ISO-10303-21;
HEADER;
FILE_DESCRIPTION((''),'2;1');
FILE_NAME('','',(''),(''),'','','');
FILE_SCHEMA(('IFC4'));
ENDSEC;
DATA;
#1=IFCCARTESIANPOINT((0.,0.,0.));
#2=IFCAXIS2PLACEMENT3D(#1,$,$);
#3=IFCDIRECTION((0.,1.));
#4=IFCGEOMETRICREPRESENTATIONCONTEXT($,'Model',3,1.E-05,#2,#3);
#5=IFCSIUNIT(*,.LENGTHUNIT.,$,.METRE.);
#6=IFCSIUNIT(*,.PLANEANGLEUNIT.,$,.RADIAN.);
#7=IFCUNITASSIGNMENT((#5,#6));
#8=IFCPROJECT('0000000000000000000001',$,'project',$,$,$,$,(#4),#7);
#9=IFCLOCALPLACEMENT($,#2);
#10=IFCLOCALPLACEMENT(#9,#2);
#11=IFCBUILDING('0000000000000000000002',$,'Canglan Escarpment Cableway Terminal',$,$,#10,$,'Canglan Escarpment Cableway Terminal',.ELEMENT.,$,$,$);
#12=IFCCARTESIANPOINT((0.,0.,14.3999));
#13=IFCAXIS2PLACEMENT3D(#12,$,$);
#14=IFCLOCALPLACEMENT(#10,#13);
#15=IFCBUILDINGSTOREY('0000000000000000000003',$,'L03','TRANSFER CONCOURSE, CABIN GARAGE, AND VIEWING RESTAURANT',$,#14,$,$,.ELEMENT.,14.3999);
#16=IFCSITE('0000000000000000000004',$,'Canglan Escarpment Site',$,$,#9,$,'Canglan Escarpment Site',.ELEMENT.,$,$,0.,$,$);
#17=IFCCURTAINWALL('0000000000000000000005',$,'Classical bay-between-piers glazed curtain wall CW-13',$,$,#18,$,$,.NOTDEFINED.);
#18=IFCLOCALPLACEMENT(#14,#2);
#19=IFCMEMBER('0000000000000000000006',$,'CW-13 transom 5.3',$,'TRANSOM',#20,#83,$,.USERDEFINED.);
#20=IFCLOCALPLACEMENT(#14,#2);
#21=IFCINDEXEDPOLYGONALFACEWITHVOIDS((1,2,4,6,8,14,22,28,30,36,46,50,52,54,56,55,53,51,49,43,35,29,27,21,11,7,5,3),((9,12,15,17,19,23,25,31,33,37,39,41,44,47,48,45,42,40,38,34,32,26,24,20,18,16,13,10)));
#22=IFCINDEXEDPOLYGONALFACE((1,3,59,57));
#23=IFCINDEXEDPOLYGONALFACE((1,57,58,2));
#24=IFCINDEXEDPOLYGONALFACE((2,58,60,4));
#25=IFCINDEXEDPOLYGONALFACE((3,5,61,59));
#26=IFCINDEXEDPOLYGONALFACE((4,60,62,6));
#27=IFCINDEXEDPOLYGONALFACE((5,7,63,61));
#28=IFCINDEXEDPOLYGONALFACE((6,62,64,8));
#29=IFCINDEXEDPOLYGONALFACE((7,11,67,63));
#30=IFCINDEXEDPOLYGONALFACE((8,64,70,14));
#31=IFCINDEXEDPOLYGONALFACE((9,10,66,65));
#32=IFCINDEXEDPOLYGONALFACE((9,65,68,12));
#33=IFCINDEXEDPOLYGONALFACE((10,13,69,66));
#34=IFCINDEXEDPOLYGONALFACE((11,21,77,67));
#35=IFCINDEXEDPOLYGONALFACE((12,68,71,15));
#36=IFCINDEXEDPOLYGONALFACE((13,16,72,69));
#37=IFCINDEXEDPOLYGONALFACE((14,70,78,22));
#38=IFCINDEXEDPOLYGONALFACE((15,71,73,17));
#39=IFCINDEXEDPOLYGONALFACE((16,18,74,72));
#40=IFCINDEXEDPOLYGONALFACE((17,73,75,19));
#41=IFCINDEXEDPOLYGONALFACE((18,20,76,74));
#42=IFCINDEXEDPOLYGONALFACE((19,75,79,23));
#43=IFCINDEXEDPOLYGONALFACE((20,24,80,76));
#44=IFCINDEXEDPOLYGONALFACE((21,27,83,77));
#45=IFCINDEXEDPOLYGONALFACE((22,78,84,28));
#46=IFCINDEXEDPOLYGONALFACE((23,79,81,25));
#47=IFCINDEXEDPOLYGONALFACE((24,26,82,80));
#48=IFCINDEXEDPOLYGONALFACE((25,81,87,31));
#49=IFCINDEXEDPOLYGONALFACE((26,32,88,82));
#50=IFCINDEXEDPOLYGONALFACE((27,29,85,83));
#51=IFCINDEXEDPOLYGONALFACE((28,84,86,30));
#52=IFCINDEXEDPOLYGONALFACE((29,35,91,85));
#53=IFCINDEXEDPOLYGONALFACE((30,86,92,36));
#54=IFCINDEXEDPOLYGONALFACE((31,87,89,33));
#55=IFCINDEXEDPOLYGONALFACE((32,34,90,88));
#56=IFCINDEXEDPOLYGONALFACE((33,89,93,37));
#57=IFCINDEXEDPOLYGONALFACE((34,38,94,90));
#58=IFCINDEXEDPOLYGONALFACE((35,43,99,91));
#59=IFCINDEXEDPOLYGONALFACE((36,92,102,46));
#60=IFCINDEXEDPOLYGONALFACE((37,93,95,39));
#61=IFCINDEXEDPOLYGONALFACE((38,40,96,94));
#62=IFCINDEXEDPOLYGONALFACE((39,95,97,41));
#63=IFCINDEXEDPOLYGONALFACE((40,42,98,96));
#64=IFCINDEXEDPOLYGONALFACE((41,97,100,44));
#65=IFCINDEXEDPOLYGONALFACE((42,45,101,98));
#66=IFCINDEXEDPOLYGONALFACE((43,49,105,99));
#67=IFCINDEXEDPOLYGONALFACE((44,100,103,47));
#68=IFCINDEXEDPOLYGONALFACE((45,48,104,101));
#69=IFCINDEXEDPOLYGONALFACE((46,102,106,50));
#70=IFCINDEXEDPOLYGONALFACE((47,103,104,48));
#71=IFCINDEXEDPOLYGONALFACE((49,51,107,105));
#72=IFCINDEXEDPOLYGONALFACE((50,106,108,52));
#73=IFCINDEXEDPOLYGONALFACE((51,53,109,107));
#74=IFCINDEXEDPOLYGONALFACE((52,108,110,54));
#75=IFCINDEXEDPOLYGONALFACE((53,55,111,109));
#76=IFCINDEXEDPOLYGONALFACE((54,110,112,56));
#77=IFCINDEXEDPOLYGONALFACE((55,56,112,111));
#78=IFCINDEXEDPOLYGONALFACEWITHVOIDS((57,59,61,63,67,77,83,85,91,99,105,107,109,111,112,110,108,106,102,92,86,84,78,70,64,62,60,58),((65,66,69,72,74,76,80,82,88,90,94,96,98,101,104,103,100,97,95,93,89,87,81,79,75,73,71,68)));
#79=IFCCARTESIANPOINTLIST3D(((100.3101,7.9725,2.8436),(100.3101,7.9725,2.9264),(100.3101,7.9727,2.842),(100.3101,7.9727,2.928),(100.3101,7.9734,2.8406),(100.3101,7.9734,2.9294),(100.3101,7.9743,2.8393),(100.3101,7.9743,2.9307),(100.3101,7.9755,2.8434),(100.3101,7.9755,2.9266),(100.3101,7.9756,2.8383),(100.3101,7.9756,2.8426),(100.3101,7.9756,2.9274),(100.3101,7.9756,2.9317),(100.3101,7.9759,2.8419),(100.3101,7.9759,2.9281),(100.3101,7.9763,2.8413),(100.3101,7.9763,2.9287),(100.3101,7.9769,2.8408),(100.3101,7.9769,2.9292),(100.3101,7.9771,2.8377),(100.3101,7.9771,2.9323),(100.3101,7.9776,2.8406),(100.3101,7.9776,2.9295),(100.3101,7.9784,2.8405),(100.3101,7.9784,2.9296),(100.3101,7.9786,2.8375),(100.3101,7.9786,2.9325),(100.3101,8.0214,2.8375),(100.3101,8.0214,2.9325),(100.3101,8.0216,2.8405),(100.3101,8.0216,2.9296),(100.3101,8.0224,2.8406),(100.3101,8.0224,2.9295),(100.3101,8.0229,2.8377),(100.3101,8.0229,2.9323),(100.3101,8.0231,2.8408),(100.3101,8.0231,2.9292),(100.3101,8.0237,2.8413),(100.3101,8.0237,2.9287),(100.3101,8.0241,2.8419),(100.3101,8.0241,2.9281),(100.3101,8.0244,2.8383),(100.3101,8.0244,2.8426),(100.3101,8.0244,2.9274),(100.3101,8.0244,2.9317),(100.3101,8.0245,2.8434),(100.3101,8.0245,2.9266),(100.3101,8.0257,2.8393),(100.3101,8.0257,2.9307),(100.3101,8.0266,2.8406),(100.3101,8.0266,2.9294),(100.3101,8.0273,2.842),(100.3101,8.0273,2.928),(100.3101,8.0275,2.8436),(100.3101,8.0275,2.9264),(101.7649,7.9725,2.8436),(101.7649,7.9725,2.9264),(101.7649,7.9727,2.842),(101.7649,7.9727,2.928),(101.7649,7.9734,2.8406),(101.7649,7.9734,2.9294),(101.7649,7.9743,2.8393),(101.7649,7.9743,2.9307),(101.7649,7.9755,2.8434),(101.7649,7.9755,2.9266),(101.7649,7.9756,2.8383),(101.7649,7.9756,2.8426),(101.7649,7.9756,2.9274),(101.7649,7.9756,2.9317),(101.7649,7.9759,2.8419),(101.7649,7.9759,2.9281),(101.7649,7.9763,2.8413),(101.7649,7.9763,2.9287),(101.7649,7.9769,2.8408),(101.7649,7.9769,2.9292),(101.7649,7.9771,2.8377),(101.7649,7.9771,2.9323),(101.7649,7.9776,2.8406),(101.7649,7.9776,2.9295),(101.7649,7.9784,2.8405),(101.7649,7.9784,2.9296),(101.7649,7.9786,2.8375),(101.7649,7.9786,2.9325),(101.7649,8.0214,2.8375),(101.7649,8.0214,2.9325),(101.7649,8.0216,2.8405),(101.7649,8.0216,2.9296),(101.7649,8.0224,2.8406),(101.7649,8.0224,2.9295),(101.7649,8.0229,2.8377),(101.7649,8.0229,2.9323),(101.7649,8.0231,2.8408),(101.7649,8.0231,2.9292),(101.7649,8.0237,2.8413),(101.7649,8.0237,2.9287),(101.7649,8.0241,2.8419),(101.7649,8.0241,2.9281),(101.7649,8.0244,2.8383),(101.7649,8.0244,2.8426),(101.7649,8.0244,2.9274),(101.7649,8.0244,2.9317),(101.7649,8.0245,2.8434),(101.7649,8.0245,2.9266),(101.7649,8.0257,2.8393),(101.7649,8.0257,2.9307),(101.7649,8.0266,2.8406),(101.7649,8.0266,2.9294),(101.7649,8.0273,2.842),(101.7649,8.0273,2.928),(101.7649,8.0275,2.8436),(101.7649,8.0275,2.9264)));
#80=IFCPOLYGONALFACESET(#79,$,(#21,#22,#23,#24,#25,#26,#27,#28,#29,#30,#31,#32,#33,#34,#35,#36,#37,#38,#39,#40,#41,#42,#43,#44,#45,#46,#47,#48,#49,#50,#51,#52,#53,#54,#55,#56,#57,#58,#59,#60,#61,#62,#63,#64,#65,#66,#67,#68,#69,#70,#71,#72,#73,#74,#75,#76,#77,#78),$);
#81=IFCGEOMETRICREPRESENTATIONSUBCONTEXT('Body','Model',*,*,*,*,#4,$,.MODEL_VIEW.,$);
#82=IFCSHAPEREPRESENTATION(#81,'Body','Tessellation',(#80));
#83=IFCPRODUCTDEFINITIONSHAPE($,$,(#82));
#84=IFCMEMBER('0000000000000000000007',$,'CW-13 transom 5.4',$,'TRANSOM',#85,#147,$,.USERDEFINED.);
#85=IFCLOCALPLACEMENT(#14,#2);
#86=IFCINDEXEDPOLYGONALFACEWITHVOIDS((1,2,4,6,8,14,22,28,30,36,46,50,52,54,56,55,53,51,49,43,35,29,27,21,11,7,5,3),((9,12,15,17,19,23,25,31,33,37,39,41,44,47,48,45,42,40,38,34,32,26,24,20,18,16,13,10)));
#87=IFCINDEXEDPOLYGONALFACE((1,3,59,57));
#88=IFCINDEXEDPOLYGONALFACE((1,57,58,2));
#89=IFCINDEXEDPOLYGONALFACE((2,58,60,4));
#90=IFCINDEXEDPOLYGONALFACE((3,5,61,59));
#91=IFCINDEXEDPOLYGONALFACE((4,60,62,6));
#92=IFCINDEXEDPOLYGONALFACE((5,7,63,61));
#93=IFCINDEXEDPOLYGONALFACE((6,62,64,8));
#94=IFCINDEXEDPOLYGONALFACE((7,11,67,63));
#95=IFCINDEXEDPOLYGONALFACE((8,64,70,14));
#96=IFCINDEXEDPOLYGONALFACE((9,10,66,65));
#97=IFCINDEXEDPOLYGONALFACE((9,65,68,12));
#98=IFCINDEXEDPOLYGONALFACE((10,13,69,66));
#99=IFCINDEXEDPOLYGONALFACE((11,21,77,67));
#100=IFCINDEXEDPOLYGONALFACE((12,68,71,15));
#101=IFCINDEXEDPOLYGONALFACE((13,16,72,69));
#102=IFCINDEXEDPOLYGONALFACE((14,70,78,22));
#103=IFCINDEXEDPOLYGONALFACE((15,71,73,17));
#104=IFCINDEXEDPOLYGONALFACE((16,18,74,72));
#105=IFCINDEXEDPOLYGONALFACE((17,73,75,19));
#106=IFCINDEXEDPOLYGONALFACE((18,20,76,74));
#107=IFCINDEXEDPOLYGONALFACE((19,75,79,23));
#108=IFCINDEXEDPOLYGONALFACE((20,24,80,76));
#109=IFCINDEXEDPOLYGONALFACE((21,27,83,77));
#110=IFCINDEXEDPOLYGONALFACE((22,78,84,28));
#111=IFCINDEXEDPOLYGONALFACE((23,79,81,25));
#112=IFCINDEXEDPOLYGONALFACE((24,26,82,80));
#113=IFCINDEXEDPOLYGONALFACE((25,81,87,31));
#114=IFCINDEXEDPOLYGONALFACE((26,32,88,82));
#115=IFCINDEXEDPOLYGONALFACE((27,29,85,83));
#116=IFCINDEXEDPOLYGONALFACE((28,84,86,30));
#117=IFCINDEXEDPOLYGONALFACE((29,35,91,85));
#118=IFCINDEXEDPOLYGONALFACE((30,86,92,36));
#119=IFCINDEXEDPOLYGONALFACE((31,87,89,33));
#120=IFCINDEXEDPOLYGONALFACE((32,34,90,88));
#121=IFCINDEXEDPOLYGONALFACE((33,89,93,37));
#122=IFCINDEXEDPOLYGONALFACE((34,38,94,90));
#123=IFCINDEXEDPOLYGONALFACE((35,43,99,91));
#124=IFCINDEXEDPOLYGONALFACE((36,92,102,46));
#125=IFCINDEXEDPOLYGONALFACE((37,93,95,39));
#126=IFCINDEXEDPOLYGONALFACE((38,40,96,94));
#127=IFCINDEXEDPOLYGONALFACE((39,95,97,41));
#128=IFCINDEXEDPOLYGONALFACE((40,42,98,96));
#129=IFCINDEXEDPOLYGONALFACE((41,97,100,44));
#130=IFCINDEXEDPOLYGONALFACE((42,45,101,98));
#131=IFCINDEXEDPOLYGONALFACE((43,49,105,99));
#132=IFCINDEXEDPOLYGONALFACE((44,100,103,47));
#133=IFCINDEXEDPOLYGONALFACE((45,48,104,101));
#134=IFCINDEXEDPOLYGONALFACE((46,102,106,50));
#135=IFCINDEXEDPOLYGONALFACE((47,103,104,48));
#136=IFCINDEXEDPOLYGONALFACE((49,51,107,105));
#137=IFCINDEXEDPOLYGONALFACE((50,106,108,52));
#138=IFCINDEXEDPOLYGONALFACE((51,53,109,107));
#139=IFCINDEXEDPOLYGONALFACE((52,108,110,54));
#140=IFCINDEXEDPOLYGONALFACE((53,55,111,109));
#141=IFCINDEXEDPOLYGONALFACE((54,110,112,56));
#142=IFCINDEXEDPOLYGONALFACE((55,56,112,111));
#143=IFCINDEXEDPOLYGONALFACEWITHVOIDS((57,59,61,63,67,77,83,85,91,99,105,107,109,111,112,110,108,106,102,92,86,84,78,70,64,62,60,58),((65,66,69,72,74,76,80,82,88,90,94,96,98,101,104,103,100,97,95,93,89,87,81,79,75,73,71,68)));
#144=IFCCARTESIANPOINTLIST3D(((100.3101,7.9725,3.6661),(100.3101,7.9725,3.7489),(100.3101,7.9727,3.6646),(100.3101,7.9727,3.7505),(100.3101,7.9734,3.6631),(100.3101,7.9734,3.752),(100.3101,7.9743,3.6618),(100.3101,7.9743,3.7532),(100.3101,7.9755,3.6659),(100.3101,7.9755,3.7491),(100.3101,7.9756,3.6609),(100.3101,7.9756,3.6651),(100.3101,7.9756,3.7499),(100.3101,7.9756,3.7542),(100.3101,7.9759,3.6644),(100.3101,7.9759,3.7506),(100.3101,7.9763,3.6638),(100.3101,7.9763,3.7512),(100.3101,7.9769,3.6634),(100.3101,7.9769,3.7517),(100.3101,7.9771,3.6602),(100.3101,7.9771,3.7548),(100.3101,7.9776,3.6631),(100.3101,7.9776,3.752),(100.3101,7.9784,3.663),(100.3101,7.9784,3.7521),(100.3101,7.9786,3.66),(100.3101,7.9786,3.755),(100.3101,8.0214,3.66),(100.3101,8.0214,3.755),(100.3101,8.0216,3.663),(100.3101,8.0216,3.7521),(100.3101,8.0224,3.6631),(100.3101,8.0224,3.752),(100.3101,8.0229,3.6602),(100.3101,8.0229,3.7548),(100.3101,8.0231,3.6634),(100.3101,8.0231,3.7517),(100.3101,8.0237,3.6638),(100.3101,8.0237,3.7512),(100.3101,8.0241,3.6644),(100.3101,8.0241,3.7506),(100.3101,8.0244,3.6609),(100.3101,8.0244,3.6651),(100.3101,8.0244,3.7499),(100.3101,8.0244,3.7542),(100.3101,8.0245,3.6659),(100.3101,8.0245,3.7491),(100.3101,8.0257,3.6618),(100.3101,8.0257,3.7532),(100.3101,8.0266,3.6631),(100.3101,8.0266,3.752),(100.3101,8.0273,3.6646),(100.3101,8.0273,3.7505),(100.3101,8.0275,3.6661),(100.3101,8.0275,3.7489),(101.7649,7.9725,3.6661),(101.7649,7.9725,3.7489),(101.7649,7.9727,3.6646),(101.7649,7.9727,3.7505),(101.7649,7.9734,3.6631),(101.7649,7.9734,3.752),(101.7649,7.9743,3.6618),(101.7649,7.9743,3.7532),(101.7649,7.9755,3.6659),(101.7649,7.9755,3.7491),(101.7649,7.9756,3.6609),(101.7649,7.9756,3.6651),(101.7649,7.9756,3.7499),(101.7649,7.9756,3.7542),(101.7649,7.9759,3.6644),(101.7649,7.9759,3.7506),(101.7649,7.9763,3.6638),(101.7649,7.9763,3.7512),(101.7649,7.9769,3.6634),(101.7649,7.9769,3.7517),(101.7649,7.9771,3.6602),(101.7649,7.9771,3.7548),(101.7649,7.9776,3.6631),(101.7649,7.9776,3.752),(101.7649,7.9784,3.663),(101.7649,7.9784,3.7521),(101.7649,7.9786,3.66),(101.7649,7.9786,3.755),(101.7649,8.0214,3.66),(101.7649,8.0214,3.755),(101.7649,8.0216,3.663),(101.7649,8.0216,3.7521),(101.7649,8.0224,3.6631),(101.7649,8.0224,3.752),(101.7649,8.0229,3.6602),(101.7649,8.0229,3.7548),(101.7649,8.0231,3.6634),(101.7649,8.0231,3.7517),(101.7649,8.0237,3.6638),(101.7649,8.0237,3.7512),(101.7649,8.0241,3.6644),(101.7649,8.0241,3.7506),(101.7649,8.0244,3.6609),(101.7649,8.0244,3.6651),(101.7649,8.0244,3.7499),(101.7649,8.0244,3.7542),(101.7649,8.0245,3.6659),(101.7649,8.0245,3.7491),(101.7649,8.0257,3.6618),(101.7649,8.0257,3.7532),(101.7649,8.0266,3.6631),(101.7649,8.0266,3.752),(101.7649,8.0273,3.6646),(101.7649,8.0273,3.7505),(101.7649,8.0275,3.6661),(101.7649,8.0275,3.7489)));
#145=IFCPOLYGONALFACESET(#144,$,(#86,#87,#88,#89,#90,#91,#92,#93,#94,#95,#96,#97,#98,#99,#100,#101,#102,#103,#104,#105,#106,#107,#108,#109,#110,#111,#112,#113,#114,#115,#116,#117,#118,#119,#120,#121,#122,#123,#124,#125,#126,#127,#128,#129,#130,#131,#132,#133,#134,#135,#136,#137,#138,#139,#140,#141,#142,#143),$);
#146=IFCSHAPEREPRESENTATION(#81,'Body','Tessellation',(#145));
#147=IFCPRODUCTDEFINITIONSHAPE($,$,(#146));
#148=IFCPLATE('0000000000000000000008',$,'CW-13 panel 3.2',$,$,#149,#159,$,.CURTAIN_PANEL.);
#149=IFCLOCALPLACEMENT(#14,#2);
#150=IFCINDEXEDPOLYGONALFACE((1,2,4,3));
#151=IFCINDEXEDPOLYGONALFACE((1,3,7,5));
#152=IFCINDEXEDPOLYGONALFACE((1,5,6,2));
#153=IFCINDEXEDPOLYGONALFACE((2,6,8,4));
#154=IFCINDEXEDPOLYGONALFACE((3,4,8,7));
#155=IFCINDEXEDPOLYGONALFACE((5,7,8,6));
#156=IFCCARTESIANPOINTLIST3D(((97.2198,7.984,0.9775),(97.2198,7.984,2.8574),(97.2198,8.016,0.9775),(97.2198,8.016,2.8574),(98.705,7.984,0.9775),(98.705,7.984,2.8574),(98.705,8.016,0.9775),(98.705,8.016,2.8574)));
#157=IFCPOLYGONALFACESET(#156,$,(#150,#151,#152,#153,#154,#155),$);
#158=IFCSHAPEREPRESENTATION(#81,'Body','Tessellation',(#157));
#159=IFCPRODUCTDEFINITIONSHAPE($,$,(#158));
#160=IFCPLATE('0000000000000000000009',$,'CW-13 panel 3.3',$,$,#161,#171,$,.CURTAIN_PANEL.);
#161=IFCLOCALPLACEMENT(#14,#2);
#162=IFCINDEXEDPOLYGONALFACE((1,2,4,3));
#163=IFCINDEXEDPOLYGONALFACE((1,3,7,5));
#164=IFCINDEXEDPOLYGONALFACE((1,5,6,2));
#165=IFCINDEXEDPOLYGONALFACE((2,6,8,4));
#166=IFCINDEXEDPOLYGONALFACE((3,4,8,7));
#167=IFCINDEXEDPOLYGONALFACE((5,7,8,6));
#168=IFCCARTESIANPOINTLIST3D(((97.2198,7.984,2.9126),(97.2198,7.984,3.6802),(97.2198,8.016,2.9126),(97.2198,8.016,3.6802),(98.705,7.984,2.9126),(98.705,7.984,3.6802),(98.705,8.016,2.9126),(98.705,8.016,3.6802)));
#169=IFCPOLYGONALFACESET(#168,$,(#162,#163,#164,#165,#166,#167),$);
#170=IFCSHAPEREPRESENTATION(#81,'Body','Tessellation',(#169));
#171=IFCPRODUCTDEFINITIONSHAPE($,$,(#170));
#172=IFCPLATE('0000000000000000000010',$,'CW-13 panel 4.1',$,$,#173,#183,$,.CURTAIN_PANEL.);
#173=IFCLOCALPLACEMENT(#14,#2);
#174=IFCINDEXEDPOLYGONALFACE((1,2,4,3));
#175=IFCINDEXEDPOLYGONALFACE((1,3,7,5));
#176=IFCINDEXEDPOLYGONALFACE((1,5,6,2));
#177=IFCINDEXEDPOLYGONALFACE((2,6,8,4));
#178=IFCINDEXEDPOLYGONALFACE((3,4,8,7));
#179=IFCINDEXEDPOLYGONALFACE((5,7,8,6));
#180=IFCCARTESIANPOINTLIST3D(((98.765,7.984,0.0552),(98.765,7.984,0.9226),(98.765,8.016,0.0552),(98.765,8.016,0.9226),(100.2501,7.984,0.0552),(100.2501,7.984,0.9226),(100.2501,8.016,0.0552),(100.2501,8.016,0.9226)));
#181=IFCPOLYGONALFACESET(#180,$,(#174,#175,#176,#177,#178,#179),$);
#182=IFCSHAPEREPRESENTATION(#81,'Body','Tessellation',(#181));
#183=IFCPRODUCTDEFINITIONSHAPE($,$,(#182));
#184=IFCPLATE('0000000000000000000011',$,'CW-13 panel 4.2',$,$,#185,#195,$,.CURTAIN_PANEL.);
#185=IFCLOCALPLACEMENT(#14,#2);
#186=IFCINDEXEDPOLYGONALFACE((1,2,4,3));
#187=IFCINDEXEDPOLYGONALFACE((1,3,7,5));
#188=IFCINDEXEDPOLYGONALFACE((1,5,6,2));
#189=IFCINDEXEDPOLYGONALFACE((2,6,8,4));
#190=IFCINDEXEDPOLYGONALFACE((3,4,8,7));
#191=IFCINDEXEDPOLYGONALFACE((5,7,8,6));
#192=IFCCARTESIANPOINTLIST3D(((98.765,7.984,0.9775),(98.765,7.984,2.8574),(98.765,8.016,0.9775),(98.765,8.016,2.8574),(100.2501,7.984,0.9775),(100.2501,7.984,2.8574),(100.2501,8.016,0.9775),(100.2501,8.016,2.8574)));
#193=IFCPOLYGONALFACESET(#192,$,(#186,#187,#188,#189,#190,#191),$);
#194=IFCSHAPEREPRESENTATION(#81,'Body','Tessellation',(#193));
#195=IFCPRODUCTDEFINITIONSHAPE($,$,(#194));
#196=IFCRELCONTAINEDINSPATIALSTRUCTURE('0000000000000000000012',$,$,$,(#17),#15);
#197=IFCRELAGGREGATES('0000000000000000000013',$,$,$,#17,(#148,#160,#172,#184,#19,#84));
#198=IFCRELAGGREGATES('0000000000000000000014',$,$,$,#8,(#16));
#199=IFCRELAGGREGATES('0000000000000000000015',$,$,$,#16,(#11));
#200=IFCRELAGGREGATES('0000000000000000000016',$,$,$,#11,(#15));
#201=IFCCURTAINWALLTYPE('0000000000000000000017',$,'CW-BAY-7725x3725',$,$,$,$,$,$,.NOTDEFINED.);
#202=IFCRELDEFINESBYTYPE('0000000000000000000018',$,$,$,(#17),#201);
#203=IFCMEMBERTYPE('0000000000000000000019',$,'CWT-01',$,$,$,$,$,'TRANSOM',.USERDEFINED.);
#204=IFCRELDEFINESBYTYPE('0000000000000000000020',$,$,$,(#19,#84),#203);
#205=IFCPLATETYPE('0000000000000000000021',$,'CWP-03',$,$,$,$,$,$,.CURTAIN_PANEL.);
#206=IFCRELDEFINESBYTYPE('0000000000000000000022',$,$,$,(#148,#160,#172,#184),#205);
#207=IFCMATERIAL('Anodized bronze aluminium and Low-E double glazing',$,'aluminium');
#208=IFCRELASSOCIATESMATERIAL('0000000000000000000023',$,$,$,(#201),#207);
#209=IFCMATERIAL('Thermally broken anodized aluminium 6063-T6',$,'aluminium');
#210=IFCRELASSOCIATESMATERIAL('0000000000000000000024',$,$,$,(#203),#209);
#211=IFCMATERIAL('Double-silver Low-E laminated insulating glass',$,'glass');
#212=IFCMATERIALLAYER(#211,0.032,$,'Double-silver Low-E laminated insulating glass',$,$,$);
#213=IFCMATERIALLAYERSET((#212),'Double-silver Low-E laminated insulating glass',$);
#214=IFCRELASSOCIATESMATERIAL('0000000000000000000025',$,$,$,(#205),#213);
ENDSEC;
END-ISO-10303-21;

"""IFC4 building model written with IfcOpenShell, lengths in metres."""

from ifc_helpers import new_model, si_unit, direction, frame, origin, origin_2d, place, context, subcontext, project, spatial, rectangle, hollow_rectangle, extrude, material, layer, layer_set, material_profile, profile_set, type_object, element, aggregate, save


model = new_model("IFC4")

# Units and contexts
model_context = context("Model", 3, precision=1e-05, world=origin(), true_north=direction((0.0, 1.0)))
body_context = subcontext(model_context, "Body", "Model", "MODEL_VIEW")
ifc_project = project(units=[si_unit("LENGTHUNIT", "METRE"), si_unit("PLANEANGLEUNIT", "RADIAN")], contexts=[model_context])

# Site, building, storey
site_placement = place(None, origin())
site = spatial("IfcSite", under=ifc_project, at=site_placement, Name="Canglan Escarpment Site", LongName="Canglan Escarpment Site", CompositionType="ELEMENT", RefElevation=0.0)
building_placement = place(site_placement, origin())
building = spatial("IfcBuilding", under=site, at=building_placement, Name="Canglan Escarpment Cableway Terminal", LongName="Canglan Escarpment Cableway Terminal", CompositionType="ELEMENT")
storey_placement = place(building_placement, frame((0.0, 0.0, 14.3999)))
storey = spatial("IfcBuildingStorey", under=building, at=storey_placement, Name="L03", Description="TRANSFER CONCOURSE, CABIN GARAGE, AND VIEWING RESTAURANT", CompositionType="ELEMENT", Elevation=14.3999)

# Curtain wall, members, plates
ifc_material_1 = material(Name="Anodized bronze aluminium and Low-E double glazing", Category="aluminium")
curtain_wall_type = type_object("IfcCurtainWallType", Name="CW-BAY-7725x3725", PredefinedType="NOTDEFINED", material=ifc_material_1)
curtain_wall_placement = place(storey_placement, origin())
curtain_wall = element("IfcCurtainWall", 1, at=curtain_wall_placement, inside=storey, type_object=curtain_wall_type, Name="Classical bay-between-piers glazed curtain wall CW-13", PredefinedType="NOTDEFINED")
ifc_material_2 = material(Name="Thermally broken anodized aluminium 6063-T6", Category="aluminium")
ifc_material_profile_1 = material_profile(ifc_material_2, hollow_rectangle(XDim=0.0549, YDim=0.095, WallThickness=0.0029, InnerFilletRadius=0.0029, OuterFilletRadius=0.0061, at=origin_2d()), Name="ALU-TRAN 55x95x3")
ifc_profile_set_1 = profile_set([ifc_material_profile_1], Name="Thermally broken anodized aluminium 6063-T6")
member_type_1 = type_object("IfcMemberType", Name="CWT-01", ElementType="TRANSOM", PredefinedType="USERDEFINED", material=ifc_profile_set_1)
member_1_placement = place(storey_placement, frame((100.3101, 8.0, 2.885), z_axis=(1.0, 0.0, 0.0), x_axis=(0.0, 1.0, 0.0)))
member_1 = element("IfcMember", 2, at=member_1_placement, type_object=member_type_1, Name="CW-13 transom 5.3", ObjectType="TRANSOM", PredefinedType="USERDEFINED", context=body_context, shape_type="SweptSolid", body=[
    extrude(hollow_rectangle(XDim=0.0549, YDim=0.095, WallThickness=0.0029, InnerFilletRadius=0.0029, OuterFilletRadius=0.0061, at=origin_2d()), origin(), (0.0, 0.0, 1.0), 1.4548),
])
member_2_placement = place(storey_placement, frame((100.3101, 8.0, 3.7075), z_axis=(1.0, 0.0, 0.0), x_axis=(0.0, 1.0, 0.0)))
member_2 = element("IfcMember", 3, at=member_2_placement, type_object=member_type_1, Name="CW-13 transom 5.4", ObjectType="TRANSOM", PredefinedType="USERDEFINED", context=body_context, shape_type="SweptSolid", body=[
    extrude(hollow_rectangle(XDim=0.0549, YDim=0.095, WallThickness=0.0029, InnerFilletRadius=0.0029, OuterFilletRadius=0.0061, at=origin_2d()), origin(), (0.0, 0.0, 1.0), 1.4548),
])
ifc_material_3 = material(Name="Double-silver Low-E laminated insulating glass", Category="glass")
ifc_layer_1 = layer(ifc_material_3, 0.032, Name="Double-silver Low-E laminated insulating glass")
ifc_layer_set_1 = layer_set([ifc_layer_1], Name="Double-silver Low-E laminated insulating glass")
plate_type = type_object("IfcPlateType", Name="CWP-03", PredefinedType="CURTAIN_PANEL", material=ifc_layer_set_1)
plate_1_placement = place(storey_placement, frame((97.9624, 8.0, 0.9775), z_axis=(0.0, 0.0, 1.0), x_axis=(1.0, 0.0, 0.0)))
plate_1 = element("IfcPlate", 4, at=plate_1_placement, type_object=plate_type, Name="CW-13 panel 3.2", PredefinedType="CURTAIN_PANEL", context=body_context, shape_type="SweptSolid", body=[
    extrude(rectangle(XDim=1.4851, YDim=0.032, at=origin_2d()), origin(), (0.0, 0.0, 1.0), 1.8799),
])
plate_2_placement = place(storey_placement, frame((97.9624, 8.0, 2.9126), z_axis=(0.0, 0.0, 1.0), x_axis=(1.0, 0.0, 0.0)))
plate_2 = element("IfcPlate", 5, at=plate_2_placement, type_object=plate_type, Name="CW-13 panel 3.3", PredefinedType="CURTAIN_PANEL", context=body_context, shape_type="SweptSolid", body=[
    extrude(rectangle(XDim=1.4851, YDim=0.032, at=origin_2d()), origin(), (0.0, 0.0, 1.0), 0.7676),
])
plate_3_placement = place(storey_placement, frame((99.5076, 8.0, 0.0552), z_axis=(0.0, 0.0, 1.0), x_axis=(1.0, 0.0, 0.0)))
plate_3 = element("IfcPlate", 6, at=plate_3_placement, type_object=plate_type, Name="CW-13 panel 4.1", PredefinedType="CURTAIN_PANEL", context=body_context, shape_type="SweptSolid", body=[
    extrude(rectangle(XDim=1.4851, YDim=0.032, at=origin_2d()), origin(), (0.0, 0.0, 1.0), 0.8674),
])
plate_4_placement = place(storey_placement, frame((99.5076, 8.0, 0.9775), z_axis=(0.0, 0.0, 1.0), x_axis=(1.0, 0.0, 0.0)))
plate_4 = element("IfcPlate", 7, at=plate_4_placement, type_object=plate_type, Name="CW-13 panel 4.2", PredefinedType="CURTAIN_PANEL", context=body_context, shape_type="SweptSolid", body=[
    extrude(rectangle(XDim=1.4851, YDim=0.032, at=origin_2d()), origin(), (0.0, 0.0, 1.0), 1.8799),
])
aggregate(curtain_wall, [plate_1, plate_2, plate_3, plate_4, member_1, member_2])

save(model, "model.ifc")
